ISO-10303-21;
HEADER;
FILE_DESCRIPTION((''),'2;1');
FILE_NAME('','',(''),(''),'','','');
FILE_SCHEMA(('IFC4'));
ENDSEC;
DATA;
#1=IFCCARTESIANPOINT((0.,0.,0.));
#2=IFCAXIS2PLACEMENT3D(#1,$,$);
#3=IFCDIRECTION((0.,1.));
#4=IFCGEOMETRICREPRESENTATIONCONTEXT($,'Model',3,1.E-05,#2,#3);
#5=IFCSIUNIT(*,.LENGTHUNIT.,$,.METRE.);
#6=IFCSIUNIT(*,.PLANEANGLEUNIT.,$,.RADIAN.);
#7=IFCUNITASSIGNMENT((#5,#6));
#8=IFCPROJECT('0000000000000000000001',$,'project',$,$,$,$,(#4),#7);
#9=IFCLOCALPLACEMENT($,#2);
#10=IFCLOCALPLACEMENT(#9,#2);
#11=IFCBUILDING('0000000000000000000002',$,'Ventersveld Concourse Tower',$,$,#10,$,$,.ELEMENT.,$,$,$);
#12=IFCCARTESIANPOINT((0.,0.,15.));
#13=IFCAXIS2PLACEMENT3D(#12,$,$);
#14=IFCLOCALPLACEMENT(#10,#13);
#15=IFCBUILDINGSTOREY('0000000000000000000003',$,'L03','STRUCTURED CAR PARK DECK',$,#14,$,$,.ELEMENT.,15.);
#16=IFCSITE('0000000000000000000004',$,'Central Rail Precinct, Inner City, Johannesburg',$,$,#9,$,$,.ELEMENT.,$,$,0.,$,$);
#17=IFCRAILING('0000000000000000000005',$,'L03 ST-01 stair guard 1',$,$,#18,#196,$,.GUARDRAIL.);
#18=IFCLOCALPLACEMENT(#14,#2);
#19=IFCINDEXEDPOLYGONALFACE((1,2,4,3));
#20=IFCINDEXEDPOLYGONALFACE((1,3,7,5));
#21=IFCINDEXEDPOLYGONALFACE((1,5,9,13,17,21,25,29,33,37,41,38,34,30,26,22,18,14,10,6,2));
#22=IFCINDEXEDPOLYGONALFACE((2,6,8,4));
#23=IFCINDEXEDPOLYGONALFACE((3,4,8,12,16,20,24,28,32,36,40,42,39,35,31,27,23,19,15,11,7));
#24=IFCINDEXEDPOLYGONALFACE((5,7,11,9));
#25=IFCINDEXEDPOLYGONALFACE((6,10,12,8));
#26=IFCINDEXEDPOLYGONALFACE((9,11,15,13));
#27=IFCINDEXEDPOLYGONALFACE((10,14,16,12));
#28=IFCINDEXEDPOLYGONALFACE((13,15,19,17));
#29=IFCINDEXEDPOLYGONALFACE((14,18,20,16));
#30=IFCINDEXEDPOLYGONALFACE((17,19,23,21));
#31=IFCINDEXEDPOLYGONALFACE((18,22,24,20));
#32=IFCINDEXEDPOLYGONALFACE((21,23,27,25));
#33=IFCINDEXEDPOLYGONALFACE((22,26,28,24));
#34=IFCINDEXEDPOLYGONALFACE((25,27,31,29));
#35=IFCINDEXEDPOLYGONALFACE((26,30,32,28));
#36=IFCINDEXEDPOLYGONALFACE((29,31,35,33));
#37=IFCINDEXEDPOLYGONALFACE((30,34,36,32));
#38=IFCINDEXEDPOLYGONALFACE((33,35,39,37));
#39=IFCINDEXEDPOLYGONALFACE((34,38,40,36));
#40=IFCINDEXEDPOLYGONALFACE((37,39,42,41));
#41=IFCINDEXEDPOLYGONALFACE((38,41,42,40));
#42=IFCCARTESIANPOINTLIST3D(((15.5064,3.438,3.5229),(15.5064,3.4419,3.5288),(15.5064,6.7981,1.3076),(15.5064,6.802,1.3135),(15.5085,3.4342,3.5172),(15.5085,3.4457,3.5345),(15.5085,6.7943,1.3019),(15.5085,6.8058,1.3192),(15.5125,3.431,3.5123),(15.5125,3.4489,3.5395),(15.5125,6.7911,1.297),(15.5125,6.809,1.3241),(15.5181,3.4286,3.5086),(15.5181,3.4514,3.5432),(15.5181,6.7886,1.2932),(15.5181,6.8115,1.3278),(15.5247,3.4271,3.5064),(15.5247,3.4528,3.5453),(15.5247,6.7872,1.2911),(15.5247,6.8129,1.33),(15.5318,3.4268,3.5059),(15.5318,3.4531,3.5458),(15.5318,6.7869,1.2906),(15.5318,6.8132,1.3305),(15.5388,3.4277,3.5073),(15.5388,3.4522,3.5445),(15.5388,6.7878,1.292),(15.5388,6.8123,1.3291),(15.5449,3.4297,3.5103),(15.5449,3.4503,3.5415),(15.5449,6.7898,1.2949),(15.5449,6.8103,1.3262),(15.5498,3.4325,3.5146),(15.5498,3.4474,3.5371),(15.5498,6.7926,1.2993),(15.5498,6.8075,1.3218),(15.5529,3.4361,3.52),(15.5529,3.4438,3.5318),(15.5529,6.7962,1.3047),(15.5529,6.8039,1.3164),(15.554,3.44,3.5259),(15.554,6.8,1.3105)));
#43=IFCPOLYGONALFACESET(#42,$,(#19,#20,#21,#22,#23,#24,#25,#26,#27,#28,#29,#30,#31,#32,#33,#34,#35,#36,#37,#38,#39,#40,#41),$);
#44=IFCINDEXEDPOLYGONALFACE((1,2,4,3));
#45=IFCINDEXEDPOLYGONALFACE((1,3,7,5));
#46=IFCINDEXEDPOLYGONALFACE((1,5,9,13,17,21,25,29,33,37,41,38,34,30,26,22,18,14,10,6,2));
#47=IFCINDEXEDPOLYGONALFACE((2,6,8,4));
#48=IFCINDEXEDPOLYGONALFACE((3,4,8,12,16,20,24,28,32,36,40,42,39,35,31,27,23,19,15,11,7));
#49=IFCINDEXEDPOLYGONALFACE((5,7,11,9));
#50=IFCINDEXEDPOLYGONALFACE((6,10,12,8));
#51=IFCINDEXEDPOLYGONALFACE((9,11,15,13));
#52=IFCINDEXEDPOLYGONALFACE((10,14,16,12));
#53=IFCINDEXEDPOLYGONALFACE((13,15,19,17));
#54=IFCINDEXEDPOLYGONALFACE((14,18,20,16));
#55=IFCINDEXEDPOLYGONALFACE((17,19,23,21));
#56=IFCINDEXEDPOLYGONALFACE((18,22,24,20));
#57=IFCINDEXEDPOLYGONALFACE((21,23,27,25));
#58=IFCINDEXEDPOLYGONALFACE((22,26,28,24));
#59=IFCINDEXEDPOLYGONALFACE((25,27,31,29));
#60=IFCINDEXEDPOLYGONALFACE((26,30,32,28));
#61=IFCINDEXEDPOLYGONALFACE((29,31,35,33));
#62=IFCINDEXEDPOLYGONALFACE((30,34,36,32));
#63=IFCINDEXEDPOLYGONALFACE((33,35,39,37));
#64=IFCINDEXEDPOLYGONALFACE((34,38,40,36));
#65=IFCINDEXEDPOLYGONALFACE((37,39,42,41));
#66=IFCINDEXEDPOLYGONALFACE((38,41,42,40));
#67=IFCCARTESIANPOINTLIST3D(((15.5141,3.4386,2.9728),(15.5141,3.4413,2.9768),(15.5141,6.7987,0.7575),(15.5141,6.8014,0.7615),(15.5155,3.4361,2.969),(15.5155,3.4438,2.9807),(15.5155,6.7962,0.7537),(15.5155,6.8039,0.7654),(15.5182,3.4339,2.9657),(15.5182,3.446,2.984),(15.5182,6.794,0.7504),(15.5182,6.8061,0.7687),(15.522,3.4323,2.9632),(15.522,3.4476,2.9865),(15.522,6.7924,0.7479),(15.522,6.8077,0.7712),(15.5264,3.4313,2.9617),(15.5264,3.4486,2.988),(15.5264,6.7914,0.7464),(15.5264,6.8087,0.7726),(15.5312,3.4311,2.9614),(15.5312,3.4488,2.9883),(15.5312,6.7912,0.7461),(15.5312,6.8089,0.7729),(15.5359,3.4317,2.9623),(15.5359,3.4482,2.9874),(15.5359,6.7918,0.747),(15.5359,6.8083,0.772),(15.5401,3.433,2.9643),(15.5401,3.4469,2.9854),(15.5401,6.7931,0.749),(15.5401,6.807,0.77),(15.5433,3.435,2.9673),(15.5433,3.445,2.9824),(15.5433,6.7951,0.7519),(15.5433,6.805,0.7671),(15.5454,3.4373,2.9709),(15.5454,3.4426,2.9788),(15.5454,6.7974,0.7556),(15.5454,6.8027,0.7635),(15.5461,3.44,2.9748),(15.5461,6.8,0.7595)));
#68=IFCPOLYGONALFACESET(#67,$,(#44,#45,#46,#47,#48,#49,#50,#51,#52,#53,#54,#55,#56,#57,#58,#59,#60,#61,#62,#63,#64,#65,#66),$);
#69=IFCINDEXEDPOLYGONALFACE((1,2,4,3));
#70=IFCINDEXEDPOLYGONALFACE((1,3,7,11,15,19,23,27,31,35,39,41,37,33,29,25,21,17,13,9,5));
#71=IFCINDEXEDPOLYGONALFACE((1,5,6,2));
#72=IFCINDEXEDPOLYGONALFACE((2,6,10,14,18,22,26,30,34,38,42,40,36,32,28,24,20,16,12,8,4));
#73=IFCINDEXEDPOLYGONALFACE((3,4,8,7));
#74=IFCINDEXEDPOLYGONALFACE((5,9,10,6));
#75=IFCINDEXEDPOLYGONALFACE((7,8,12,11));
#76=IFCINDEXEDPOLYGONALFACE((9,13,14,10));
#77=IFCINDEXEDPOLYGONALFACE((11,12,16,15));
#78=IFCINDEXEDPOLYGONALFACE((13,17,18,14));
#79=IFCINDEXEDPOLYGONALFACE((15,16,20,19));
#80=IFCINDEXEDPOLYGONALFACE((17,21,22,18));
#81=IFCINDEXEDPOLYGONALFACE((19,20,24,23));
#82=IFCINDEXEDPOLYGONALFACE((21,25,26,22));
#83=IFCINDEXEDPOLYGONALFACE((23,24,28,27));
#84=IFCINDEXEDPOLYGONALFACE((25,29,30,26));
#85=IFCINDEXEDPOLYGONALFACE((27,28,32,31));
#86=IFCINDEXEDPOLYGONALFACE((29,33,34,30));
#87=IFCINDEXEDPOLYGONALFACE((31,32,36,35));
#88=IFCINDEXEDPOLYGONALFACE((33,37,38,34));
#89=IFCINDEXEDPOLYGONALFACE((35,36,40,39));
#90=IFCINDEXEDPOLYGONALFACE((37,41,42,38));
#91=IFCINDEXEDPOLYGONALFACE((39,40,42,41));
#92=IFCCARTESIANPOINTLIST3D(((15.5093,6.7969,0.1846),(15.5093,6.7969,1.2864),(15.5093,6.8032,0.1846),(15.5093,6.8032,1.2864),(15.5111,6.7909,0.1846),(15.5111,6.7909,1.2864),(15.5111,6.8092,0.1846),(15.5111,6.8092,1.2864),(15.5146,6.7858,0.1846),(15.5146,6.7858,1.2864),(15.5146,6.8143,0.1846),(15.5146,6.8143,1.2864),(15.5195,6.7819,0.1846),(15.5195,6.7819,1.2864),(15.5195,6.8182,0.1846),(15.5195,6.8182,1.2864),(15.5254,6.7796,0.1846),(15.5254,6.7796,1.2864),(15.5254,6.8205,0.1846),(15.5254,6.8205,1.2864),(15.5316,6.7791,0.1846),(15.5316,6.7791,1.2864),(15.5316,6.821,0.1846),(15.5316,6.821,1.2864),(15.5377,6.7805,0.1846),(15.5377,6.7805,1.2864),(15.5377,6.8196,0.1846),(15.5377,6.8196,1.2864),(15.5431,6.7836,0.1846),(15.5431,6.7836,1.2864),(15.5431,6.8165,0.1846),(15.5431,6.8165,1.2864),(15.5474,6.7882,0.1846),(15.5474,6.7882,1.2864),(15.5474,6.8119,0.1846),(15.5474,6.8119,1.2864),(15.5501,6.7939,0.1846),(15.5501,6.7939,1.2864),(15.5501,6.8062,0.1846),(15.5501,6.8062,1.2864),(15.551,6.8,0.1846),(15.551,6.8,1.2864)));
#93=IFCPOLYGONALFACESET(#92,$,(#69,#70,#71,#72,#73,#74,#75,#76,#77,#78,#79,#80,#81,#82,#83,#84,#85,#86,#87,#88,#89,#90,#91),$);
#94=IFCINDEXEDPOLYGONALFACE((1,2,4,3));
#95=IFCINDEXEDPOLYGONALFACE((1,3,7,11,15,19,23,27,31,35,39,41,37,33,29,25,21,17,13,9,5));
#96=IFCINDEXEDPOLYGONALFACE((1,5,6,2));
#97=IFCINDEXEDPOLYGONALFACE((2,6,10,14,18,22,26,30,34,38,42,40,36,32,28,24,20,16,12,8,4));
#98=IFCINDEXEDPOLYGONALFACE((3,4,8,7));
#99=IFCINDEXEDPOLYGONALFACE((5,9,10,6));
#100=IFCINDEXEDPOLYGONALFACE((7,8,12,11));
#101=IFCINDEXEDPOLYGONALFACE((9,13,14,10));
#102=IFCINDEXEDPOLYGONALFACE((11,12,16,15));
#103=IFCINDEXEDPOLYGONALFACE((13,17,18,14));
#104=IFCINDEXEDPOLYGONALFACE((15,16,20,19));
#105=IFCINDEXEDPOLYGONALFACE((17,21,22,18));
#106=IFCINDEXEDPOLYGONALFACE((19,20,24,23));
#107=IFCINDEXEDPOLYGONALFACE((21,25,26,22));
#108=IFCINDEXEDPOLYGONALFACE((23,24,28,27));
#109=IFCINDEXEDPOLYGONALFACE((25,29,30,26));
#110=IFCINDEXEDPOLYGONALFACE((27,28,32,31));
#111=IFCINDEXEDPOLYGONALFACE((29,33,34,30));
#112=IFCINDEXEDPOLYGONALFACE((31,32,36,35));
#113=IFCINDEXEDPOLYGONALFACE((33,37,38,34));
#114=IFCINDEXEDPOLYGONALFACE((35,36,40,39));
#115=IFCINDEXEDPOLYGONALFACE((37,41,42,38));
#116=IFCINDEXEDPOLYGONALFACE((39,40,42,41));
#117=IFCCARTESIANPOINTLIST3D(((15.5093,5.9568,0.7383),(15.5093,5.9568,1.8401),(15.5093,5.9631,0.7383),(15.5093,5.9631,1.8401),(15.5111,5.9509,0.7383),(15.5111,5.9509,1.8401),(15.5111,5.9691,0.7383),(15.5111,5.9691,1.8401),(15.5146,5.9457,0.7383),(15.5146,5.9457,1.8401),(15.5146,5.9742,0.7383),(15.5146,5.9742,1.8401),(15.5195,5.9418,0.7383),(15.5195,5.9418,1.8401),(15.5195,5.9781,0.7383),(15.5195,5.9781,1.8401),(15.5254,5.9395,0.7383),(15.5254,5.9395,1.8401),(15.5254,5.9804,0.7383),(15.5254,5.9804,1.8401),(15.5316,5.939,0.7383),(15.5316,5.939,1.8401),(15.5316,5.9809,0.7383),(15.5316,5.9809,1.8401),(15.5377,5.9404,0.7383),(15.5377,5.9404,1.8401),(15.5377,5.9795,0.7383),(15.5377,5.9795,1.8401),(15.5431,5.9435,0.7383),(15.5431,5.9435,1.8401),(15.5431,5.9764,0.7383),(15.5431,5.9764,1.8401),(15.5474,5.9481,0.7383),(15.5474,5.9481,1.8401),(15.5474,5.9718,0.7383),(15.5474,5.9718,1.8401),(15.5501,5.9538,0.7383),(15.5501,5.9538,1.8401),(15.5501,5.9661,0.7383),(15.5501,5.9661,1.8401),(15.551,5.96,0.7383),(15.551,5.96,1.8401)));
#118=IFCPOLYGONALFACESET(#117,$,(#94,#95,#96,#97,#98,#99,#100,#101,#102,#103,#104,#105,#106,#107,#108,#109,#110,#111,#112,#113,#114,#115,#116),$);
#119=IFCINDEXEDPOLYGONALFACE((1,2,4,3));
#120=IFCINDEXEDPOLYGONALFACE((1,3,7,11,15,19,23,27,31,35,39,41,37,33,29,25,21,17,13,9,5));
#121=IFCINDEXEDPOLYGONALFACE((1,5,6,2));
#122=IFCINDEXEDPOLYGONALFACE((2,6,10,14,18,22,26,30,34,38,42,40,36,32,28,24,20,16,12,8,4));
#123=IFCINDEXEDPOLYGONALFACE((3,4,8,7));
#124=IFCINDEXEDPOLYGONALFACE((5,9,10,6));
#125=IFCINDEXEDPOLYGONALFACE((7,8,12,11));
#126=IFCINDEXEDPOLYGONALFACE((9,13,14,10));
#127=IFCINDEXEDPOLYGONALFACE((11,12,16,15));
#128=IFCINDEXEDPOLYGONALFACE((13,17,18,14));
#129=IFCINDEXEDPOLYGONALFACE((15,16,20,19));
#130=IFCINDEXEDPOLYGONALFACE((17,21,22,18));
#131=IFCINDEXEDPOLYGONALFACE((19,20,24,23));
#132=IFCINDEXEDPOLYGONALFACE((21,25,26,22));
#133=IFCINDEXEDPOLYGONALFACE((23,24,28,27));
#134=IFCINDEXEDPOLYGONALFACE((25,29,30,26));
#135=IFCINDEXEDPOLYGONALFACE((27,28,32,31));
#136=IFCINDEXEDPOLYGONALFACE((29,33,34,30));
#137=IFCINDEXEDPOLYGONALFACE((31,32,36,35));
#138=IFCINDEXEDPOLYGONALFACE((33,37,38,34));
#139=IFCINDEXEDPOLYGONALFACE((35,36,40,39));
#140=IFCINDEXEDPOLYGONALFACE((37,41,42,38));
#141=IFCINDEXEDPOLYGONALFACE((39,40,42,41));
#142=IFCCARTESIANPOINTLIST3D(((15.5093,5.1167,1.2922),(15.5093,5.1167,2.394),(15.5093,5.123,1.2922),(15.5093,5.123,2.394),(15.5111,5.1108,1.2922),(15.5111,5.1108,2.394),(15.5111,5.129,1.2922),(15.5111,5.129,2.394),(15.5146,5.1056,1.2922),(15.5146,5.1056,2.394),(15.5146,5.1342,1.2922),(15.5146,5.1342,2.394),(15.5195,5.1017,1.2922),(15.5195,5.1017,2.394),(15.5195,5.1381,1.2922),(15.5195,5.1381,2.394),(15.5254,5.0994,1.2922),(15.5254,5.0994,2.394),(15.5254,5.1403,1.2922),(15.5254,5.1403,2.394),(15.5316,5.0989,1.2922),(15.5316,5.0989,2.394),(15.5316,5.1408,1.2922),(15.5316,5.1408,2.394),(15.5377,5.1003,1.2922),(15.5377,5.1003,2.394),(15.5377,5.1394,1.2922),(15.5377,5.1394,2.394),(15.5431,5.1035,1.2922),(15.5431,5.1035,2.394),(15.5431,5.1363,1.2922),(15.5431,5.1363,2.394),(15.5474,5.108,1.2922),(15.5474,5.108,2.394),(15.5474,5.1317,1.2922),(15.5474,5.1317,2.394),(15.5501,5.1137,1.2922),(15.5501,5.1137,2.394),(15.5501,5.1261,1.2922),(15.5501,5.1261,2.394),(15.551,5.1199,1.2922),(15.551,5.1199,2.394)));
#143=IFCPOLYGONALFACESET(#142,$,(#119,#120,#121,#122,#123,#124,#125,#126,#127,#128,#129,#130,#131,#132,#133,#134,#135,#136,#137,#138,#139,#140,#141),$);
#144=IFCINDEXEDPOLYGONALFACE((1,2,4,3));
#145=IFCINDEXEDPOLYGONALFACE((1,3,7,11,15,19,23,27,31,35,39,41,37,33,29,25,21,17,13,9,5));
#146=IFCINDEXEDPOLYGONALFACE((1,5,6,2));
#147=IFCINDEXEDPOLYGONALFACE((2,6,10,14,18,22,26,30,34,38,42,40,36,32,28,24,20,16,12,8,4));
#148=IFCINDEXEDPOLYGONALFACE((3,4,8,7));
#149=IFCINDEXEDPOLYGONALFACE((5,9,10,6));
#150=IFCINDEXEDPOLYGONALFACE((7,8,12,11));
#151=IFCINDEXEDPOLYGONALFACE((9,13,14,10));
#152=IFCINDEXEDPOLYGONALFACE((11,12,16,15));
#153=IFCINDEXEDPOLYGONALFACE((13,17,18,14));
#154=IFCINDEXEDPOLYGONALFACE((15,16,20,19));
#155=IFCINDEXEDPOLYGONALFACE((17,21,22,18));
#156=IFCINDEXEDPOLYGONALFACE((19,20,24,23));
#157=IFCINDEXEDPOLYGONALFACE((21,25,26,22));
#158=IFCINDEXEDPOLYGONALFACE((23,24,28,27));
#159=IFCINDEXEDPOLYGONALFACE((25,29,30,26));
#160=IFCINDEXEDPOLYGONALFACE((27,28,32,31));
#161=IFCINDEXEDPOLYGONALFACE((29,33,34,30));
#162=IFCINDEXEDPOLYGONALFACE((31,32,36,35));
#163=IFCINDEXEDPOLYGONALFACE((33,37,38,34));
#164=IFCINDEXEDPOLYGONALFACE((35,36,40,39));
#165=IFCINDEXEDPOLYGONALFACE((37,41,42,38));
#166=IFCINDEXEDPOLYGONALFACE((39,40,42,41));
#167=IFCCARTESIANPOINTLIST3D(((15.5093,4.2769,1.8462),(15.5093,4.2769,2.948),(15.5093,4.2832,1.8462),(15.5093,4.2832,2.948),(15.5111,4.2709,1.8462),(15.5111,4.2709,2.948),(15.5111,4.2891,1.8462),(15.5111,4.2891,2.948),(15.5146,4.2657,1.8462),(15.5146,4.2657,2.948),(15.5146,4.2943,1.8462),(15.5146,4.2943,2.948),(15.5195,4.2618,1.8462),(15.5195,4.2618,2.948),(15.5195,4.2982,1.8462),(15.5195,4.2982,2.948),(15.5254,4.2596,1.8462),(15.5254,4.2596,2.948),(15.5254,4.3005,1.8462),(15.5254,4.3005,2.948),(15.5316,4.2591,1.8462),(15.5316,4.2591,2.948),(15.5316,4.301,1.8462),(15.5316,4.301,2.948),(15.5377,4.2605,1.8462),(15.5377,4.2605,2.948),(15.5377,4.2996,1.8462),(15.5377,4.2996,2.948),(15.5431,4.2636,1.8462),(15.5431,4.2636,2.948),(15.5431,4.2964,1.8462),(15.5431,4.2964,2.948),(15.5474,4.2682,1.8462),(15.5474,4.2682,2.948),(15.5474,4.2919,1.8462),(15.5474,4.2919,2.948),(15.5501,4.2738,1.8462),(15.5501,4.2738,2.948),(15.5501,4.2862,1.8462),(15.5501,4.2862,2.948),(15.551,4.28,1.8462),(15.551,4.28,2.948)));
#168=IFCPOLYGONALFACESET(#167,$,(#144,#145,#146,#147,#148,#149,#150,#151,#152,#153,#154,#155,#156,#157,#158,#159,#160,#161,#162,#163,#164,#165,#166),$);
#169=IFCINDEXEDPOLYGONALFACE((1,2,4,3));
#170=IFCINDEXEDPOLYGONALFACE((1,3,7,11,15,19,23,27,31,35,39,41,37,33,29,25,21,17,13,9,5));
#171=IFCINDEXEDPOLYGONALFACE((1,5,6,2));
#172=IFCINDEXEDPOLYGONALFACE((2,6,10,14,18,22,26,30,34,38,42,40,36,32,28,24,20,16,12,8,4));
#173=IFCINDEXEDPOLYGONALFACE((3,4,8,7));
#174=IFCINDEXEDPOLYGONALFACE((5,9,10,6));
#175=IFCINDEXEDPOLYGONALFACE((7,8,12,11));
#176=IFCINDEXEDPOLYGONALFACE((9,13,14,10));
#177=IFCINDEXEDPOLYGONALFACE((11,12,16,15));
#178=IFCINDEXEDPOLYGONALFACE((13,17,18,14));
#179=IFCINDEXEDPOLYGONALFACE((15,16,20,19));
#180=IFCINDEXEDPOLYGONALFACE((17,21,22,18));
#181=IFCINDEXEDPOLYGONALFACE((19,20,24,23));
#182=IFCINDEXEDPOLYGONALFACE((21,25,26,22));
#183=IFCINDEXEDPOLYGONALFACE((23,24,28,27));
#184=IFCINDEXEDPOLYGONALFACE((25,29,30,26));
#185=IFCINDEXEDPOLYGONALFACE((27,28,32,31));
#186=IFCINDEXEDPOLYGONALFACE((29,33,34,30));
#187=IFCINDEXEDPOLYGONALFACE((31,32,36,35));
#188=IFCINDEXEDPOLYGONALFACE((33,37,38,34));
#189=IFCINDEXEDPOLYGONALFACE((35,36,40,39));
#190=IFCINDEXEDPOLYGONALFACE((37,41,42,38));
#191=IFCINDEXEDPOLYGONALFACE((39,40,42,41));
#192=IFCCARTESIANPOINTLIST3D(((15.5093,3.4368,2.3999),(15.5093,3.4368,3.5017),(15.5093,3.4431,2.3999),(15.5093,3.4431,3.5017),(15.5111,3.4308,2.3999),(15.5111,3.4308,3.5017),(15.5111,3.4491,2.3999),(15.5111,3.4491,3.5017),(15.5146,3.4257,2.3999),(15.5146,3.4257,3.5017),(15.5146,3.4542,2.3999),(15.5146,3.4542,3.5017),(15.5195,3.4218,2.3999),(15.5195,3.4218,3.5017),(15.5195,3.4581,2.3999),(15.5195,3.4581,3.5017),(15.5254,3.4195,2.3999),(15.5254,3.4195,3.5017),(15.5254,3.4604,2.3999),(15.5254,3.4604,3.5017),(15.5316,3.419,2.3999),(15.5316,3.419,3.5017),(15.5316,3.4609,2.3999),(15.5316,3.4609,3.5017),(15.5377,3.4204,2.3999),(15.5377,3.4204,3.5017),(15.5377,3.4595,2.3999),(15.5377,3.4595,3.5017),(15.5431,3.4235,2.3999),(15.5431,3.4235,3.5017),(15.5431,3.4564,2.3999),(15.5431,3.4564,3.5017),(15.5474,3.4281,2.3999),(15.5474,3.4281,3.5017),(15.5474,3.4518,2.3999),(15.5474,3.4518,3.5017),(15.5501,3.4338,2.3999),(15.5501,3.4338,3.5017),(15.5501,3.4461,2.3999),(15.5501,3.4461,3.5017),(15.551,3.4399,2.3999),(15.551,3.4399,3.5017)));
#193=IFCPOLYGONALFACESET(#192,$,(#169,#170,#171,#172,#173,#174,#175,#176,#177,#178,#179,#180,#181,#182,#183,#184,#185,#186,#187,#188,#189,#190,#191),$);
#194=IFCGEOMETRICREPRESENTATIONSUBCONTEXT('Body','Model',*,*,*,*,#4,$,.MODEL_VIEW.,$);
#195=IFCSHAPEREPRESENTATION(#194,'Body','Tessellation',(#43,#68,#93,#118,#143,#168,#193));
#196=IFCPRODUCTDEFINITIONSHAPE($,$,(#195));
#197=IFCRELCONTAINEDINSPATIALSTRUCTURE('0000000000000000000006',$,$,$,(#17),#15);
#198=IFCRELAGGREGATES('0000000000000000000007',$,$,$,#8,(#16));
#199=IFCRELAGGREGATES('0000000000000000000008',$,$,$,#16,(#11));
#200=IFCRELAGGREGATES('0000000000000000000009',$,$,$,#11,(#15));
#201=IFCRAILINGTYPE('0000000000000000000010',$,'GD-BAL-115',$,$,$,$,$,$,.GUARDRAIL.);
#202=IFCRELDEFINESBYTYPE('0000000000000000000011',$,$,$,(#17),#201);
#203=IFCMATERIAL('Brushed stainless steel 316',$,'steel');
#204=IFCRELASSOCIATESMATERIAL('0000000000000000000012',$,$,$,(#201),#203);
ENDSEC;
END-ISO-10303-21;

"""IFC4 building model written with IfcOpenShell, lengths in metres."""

from ifc_helpers import new_model, si_unit, direction, frame, origin, origin_2d, place, context, subcontext, project, spatial, circle, extrude, material, type_object, element, save


model = new_model("IFC4")

# Units and contexts
model_context = context("Model", 3, precision=1e-05, world=origin(), true_north=direction((0.0, 1.0)))
body_context = subcontext(model_context, "Body", "Model", "MODEL_VIEW")
ifc_project = project(units=[si_unit("LENGTHUNIT", "METRE"), si_unit("PLANEANGLEUNIT", "RADIAN")], contexts=[model_context])

# Site, building, storey
site_placement = place(None, origin())
site = spatial("IfcSite", under=ifc_project, at=site_placement, Name="Central Rail Precinct, Inner City, Johannesburg", CompositionType="ELEMENT", RefElevation=0.0)
building_placement = place(site_placement, origin())
building = spatial("IfcBuilding", under=site, at=building_placement, Name="Ventersveld Concourse Tower", CompositionType="ELEMENT")
storey_placement = place(building_placement, frame((0.0, 0.0, 15.0)))
storey = spatial("IfcBuildingStorey", under=building, at=storey_placement, Name="L03", Description="STRUCTURED CAR PARK DECK", CompositionType="ELEMENT", Elevation=15.0)

# Shared definitions
ifc_material_1 = material(Name="Brushed stainless steel 316", Category="steel")

# Railing
railing_type_1 = type_object("IfcRailingType", Name="GD-BAL-115", PredefinedType="GUARDRAIL", material=ifc_material_1)
railing_1_placement = place(storey_placement, frame((15.53, 6.8, 0.1846)))
element("IfcRailing", 1, at=railing_1_placement, inside=storey, type_object=railing_type_1, Name="L03 ST-01 stair guard 1", PredefinedType="GUARDRAIL", context=body_context, shape_type="SweptSolid", body=[
    extrude(circle(Radius=0.0239, at=origin_2d()), frame((0.0, 0.0, 1.126), z_axis=(0.0, -0.834876, 0.550437), x_axis=(1.0, 0.0, 0.0)), (0.0, 0.0, 1.0), 4.0247),
    extrude(circle(Radius=0.0161, at=origin_2d()), frame((0.0, 0.0, 0.575), z_axis=(0.0, -0.834876, 0.550437), x_axis=(1.0, 0.0, 0.0)), (0.0, 0.0, 1.0), 4.0247),
    extrude(circle(Radius=0.021, at=origin_2d()), origin(), (0.0, 0.0, 1.0), 1.1018),
    extrude(circle(Radius=0.021, at=origin_2d()), frame((0.0, -0.8401, 0.5537)), (0.0, 0.0, 1.0), 1.1018),
    extrude(circle(Radius=0.021, at=origin_2d()), frame((0.0, -1.6802, 1.1077)), (0.0, 0.0, 1.0), 1.1018),
    extrude(circle(Radius=0.021, at=origin_2d()), frame((0.0, -2.52, 1.6616)), (0.0, 0.0, 1.0), 1.1018),
    extrude(circle(Radius=0.021, at=origin_2d()), frame((0.0, -3.3601, 2.2153)), (0.0, 0.0, 1.0), 1.1018),
])

save(model, "model.ifc")
